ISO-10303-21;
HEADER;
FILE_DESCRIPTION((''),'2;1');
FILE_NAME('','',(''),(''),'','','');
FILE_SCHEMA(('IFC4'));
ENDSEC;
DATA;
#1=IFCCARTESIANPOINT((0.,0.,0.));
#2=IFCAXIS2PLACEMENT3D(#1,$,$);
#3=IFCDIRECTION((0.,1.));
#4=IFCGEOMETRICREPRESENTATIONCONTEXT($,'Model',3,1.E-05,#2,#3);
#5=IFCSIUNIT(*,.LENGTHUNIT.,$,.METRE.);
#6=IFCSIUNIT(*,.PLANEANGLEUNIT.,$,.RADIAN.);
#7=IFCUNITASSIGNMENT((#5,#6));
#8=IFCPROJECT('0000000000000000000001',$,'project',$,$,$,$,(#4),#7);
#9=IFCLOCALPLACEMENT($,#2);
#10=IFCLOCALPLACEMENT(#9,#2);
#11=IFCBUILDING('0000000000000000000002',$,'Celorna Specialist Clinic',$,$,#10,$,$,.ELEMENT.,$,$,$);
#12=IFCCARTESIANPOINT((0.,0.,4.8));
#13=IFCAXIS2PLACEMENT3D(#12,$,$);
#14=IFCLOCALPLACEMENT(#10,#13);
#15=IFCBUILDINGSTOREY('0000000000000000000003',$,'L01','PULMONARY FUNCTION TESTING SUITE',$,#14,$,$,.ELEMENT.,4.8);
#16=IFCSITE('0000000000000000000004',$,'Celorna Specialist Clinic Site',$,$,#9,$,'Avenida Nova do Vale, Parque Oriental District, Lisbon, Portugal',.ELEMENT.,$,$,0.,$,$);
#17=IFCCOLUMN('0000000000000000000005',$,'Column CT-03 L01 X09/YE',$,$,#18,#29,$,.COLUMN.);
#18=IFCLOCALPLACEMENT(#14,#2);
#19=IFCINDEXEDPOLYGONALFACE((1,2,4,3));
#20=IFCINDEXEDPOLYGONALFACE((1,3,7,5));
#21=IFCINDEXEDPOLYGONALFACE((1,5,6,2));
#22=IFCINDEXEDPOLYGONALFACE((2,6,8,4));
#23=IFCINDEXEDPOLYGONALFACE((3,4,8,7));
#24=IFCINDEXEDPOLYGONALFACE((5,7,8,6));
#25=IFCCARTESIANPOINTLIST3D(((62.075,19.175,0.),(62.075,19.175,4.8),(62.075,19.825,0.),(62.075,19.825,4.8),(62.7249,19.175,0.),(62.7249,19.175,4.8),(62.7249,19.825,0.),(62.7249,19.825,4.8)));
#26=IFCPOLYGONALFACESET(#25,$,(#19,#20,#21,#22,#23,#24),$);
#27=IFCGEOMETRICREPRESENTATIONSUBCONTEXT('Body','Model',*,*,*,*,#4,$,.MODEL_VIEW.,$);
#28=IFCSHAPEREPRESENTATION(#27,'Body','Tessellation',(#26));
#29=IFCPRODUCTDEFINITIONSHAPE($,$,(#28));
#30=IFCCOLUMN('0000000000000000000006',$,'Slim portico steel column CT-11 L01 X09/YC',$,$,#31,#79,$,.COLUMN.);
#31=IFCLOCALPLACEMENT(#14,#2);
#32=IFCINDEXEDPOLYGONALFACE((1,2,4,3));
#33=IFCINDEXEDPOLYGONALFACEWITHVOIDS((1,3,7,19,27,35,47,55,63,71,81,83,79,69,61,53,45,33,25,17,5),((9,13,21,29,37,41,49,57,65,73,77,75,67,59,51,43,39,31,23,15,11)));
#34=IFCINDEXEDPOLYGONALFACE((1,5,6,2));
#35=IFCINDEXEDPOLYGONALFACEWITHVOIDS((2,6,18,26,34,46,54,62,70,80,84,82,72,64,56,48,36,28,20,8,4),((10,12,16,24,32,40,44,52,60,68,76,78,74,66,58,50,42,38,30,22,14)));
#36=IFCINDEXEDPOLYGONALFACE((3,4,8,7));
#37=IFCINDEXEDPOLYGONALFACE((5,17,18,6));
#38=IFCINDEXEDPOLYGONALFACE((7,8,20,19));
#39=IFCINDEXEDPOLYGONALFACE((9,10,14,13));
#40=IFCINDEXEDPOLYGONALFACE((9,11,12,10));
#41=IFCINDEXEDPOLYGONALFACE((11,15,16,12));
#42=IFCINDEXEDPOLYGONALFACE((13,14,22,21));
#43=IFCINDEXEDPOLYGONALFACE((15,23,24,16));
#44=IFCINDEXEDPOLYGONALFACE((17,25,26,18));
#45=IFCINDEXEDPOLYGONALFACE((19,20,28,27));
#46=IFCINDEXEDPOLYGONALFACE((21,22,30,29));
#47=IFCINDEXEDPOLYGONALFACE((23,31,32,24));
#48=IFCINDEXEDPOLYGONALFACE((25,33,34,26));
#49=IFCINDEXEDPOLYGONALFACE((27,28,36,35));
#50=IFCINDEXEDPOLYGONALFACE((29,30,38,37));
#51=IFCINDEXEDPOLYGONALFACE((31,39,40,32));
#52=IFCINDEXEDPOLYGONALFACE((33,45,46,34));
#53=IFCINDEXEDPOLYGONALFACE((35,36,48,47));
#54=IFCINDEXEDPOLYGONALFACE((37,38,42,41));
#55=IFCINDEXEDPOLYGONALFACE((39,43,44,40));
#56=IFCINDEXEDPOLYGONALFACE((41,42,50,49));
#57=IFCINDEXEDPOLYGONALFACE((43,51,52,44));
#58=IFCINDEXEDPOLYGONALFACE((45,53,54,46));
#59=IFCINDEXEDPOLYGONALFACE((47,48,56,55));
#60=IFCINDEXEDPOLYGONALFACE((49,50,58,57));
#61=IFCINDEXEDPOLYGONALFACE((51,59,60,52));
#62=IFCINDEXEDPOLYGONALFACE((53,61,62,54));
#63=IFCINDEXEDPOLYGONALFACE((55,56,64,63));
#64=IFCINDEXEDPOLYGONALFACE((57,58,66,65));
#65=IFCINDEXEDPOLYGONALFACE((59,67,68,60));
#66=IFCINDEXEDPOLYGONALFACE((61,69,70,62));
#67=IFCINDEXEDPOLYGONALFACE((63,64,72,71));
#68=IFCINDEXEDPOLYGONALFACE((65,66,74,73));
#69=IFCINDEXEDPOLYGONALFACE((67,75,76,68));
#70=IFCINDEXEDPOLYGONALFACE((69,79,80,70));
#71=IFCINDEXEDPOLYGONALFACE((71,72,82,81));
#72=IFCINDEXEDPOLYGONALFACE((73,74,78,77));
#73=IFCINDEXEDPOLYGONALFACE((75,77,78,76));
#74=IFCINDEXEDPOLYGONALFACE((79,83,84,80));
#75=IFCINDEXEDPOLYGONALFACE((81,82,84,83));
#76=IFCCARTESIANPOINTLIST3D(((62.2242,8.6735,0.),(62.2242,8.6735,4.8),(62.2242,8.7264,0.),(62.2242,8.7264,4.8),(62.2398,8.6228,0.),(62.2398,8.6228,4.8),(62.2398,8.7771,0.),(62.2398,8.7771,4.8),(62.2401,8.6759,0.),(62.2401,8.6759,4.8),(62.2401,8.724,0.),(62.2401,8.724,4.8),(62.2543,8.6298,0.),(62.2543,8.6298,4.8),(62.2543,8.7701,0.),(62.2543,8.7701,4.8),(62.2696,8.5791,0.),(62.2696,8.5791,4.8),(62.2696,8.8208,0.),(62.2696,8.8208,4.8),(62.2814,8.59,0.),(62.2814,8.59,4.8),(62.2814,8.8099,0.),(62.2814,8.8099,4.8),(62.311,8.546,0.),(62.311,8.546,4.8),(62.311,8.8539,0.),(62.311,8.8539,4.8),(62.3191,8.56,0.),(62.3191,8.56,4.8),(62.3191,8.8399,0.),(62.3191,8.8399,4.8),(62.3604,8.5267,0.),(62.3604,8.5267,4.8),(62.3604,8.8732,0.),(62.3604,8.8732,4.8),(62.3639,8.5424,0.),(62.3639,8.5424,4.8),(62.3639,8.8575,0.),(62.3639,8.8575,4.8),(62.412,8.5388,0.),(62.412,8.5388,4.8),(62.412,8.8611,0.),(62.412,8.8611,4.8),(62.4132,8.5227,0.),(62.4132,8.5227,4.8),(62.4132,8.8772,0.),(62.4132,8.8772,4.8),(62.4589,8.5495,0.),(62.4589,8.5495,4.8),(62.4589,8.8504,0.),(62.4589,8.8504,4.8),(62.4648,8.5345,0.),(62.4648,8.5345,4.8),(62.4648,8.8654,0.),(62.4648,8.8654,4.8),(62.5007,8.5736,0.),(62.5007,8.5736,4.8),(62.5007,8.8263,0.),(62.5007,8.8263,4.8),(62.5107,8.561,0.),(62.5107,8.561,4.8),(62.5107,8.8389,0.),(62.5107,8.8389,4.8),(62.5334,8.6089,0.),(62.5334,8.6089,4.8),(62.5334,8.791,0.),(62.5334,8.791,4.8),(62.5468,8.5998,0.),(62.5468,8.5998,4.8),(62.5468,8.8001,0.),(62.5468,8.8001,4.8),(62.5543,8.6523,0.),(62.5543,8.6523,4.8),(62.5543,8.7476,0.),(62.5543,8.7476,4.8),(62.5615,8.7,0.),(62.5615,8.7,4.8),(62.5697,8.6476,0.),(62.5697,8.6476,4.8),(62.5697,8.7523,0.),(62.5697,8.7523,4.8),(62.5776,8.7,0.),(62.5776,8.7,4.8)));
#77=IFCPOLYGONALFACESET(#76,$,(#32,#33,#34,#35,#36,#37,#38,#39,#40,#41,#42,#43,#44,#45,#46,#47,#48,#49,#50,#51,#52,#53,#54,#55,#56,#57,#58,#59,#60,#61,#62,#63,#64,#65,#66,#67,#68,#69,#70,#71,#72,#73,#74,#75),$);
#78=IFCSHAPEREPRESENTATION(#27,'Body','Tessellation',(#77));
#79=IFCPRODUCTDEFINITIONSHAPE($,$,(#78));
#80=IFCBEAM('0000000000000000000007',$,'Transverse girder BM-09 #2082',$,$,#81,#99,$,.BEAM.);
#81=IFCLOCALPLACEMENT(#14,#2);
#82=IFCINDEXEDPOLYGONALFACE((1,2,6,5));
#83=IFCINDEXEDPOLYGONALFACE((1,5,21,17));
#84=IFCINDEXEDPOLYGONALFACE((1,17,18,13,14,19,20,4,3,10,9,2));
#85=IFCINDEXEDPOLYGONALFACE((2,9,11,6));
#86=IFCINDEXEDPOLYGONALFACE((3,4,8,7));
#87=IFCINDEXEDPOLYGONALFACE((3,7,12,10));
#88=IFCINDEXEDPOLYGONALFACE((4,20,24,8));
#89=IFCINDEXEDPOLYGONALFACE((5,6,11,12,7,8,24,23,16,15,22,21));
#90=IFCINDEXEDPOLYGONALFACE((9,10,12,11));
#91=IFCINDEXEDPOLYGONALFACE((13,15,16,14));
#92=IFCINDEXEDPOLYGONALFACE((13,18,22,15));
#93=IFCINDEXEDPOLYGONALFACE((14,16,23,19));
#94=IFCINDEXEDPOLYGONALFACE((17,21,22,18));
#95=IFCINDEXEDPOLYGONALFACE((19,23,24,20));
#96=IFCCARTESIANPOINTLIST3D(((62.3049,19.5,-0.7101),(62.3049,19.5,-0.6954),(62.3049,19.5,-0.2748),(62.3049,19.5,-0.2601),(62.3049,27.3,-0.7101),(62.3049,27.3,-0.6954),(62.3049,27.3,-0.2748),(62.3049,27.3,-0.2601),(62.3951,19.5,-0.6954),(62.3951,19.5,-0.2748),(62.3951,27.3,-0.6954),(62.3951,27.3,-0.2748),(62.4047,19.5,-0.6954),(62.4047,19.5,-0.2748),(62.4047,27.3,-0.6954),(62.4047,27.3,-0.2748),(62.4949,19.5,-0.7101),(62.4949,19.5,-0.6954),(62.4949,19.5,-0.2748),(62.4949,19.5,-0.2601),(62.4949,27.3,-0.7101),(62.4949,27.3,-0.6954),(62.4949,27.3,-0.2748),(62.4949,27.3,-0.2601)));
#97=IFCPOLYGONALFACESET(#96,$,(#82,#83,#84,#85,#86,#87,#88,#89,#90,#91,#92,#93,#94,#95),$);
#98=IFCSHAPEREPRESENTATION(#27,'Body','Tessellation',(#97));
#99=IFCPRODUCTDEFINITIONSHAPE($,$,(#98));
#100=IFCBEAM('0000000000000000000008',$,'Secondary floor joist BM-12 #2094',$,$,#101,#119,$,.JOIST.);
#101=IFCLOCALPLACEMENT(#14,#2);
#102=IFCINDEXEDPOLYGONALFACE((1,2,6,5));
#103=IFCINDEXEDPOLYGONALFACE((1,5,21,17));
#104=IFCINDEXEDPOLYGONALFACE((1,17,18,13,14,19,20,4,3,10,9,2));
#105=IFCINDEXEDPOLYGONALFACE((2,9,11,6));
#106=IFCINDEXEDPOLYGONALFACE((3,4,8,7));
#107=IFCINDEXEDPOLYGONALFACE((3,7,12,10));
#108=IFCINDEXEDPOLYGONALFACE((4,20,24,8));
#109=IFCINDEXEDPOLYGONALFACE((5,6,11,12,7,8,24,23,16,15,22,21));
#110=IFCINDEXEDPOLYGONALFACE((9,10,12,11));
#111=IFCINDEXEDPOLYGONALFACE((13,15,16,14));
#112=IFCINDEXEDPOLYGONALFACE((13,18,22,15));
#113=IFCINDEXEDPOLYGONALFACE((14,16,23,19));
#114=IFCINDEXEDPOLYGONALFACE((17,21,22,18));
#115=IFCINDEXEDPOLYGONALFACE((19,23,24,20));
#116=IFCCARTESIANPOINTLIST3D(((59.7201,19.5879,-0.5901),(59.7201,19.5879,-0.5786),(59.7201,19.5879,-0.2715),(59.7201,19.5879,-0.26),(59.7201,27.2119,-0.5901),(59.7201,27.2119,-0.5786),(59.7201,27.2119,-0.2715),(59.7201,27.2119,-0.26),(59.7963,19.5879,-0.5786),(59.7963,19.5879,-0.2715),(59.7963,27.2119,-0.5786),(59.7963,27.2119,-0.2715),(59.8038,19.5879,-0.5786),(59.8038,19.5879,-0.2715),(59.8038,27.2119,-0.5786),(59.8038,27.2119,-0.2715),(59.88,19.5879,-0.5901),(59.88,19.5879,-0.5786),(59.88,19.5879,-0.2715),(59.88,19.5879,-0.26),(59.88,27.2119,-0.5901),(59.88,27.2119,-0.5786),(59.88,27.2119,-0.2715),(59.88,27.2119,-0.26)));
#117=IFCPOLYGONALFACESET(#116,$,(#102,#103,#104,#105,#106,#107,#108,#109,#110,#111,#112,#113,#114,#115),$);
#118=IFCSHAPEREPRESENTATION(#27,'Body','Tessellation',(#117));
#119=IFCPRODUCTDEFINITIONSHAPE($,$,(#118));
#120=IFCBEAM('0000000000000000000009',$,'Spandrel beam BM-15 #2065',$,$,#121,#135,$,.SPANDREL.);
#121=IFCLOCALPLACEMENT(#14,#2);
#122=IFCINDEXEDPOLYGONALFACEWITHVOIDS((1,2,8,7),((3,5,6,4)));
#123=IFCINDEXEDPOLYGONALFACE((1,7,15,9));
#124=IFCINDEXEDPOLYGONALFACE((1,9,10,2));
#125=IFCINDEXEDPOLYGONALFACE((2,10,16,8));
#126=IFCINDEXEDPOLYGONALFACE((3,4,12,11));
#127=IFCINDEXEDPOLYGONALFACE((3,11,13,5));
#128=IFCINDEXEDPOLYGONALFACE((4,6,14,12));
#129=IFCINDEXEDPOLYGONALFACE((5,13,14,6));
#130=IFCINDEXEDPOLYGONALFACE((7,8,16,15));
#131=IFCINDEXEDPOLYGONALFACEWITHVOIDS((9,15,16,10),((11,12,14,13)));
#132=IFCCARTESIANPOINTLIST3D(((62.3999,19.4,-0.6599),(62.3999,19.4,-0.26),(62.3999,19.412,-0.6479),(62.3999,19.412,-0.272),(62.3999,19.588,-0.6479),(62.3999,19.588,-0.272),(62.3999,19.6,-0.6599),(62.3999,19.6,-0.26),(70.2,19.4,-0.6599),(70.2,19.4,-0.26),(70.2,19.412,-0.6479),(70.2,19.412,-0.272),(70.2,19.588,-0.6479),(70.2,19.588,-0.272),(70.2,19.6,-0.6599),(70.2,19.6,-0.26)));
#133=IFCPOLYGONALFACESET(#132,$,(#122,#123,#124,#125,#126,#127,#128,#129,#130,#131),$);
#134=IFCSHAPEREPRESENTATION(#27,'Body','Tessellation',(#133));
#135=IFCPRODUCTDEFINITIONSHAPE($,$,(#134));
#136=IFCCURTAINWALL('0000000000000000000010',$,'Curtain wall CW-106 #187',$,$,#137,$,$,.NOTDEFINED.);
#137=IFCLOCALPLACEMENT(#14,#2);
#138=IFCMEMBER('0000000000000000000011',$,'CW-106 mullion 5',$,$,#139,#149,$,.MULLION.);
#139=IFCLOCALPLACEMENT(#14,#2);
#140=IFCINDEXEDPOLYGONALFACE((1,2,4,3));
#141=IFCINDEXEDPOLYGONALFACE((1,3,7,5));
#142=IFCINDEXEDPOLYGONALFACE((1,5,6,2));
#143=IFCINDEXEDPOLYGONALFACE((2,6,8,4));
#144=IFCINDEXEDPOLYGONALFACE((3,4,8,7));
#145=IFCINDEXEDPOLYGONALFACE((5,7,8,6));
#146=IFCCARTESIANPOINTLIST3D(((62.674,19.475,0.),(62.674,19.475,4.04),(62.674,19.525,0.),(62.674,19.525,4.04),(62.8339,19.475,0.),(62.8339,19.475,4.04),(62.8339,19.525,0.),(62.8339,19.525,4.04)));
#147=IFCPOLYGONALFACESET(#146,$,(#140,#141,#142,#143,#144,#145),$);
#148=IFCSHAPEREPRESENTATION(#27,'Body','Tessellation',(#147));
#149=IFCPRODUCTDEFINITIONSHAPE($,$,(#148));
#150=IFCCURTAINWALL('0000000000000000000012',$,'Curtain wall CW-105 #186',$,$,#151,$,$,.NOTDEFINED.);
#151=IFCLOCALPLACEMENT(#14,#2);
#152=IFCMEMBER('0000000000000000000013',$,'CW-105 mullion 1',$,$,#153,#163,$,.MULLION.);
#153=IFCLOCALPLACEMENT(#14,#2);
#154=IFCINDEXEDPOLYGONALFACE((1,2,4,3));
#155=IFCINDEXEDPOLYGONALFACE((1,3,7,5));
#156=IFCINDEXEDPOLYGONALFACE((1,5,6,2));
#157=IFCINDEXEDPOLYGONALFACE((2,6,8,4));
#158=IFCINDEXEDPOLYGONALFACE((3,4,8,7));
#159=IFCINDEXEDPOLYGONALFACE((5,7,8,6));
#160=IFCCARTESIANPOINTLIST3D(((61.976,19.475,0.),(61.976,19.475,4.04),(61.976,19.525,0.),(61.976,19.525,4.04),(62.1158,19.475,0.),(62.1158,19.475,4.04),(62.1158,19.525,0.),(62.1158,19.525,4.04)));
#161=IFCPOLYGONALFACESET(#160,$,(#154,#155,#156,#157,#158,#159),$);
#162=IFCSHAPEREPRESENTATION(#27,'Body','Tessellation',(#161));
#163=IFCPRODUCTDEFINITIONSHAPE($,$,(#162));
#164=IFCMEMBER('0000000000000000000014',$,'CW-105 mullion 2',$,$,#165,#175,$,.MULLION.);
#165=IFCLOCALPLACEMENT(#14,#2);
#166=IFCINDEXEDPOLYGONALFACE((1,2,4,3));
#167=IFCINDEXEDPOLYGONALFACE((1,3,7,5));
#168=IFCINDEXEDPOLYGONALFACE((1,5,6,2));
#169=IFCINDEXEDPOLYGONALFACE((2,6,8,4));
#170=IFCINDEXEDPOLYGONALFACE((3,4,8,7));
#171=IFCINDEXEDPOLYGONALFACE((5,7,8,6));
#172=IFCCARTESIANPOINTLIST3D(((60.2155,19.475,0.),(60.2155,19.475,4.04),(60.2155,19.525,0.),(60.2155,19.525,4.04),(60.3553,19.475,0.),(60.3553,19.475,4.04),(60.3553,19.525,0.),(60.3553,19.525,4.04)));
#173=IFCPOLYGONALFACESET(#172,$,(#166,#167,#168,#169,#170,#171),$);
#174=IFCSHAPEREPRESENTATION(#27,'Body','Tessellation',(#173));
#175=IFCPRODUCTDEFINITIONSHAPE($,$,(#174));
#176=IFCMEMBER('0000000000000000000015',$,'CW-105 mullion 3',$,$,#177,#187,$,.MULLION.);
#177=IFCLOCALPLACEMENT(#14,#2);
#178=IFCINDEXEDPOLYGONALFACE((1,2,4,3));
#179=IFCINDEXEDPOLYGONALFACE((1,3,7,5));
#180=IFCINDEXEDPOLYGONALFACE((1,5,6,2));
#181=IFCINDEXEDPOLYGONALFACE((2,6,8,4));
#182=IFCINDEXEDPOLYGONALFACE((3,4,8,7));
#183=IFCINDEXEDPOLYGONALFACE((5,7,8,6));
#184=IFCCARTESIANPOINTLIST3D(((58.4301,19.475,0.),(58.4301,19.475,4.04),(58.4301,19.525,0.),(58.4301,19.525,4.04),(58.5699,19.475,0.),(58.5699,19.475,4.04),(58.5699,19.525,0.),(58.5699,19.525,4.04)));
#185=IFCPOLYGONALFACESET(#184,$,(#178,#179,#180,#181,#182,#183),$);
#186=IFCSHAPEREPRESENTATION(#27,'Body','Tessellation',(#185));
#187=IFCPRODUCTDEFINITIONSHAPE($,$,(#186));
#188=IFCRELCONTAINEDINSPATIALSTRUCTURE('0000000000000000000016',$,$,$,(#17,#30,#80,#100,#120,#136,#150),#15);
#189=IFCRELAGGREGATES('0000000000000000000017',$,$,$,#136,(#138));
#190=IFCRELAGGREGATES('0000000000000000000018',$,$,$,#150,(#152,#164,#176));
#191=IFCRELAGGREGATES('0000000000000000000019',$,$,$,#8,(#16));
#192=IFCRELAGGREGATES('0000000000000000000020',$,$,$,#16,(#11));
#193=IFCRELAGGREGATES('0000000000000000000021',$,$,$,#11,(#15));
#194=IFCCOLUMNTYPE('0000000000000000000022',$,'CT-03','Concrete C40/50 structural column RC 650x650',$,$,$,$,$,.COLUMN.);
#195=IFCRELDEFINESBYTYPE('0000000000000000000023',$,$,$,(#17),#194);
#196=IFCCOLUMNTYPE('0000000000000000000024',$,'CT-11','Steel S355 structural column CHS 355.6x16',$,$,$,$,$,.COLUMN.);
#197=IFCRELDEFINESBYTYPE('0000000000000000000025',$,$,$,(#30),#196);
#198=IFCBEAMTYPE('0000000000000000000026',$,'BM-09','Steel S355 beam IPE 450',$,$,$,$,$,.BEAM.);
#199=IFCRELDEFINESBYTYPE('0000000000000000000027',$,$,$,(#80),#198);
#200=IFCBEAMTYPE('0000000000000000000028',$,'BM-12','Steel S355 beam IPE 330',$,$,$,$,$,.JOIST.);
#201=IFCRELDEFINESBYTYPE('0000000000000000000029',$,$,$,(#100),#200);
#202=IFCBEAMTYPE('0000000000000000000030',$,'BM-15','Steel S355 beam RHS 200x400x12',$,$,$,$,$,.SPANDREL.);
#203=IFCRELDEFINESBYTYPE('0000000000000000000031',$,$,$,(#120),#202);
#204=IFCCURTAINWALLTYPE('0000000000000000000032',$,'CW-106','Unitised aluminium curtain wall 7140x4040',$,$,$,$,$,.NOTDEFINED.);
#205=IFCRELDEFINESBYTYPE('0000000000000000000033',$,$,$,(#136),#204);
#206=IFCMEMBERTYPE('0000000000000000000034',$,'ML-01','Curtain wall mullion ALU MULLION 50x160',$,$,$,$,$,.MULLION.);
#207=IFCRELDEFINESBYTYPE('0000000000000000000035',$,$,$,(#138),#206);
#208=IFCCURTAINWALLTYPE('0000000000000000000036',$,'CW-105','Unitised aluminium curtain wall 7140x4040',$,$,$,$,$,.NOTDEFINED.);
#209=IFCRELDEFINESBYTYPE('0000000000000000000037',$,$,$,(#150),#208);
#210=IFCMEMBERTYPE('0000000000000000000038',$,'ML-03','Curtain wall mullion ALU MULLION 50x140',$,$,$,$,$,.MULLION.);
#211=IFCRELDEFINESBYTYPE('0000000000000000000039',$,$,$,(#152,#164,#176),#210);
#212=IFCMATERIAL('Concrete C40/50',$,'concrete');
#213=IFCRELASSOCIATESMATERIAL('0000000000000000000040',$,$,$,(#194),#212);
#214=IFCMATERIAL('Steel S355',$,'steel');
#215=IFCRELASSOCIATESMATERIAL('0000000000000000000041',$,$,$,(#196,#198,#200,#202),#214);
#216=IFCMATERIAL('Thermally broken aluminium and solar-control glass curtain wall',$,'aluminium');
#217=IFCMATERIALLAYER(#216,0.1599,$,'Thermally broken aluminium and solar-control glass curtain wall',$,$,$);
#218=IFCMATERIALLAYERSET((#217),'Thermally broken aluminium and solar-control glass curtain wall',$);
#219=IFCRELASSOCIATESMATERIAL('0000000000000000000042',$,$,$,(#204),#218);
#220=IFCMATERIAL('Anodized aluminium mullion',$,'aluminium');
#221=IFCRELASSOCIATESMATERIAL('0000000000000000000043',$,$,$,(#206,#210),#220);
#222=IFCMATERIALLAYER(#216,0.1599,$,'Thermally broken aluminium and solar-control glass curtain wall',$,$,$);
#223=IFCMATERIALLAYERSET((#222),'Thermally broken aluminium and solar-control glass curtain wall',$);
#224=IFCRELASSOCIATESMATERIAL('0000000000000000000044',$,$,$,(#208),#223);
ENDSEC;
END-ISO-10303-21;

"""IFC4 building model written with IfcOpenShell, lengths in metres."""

from ifc_helpers import new_model, si_unit, direction, frame, origin, origin_2d, place, context, subcontext, project, spatial, rectangle, hollow_rectangle, hollow_circle, i_section, extrude, material, layer, layer_set, material_profile, profile_set, type_object, element, aggregate, save


model = new_model("IFC4")

# Units and contexts
model_context = context("Model", 3, precision=1e-05, world=origin(), true_north=direction((0.0, 1.0)))
body_context = subcontext(model_context, "Body", "Model", "MODEL_VIEW")
ifc_project = project(units=[si_unit("LENGTHUNIT", "METRE"), si_unit("PLANEANGLEUNIT", "RADIAN")], contexts=[model_context])

# Site, building, storey
site_placement = place(None, origin())
site = spatial("IfcSite", under=ifc_project, at=site_placement, Name="Celorna Specialist Clinic Site", LongName="Avenida Nova do Vale, Parque Oriental District, Lisbon, Portugal", CompositionType="ELEMENT", RefElevation=0.0)
building_placement = place(site_placement, origin())
building = spatial("IfcBuilding", under=site, at=building_placement, Name="Celorna Specialist Clinic", CompositionType="ELEMENT")
storey_placement = place(building_placement, frame((0.0, 0.0, 4.8)))
storey = spatial("IfcBuildingStorey", under=building, at=storey_placement, Name="L01", Description="PULMONARY FUNCTION TESTING SUITE", CompositionType="ELEMENT", Elevation=4.8)

# Columns
ifc_material_1 = material(Name="Concrete C40/50", Category="concrete")
ifc_material_profile_1 = material_profile(ifc_material_1, rectangle(XDim=0.6499, YDim=0.6499, at=origin_2d()), Name="RC 650x650")
ifc_profile_set_1 = profile_set([ifc_material_profile_1], Name="Concrete C40/50")
column_type_1 = type_object("IfcColumnType", Name="CT-03", Description="Concrete C40/50 structural column RC 650x650", PredefinedType="COLUMN", material=ifc_profile_set_1)
column_1_placement = place(storey_placement, frame((62.3999, 19.5, 0.0), z_axis=(0.0, 0.0, 1.0), x_axis=(1.0, 0.0, 0.0)))
element("IfcColumn", 1, at=column_1_placement, inside=storey, type_object=column_type_1, Name="Column CT-03 L01 X09/YE", PredefinedType="COLUMN", context=body_context, shape_type="SweptSolid", body=[
    extrude(rectangle(XDim=0.6499, YDim=0.6499, at=origin_2d()), origin(), (0.0, 0.0, 1.0), 4.8),
])
ifc_material_2 = material(Name="Steel S355", Category="steel")
ifc_material_profile_2 = material_profile(ifc_material_2, hollow_circle(Radius=0.1777, WallThickness=0.0161, at=origin_2d()), Name="CHS 355.6x16")
ifc_profile_set_2 = profile_set([ifc_material_profile_2], Name="Steel S355")
column_type_2 = type_object("IfcColumnType", Name="CT-11", Description="Steel S355 structural column CHS 355.6x16", PredefinedType="COLUMN", material=ifc_profile_set_2)
column_2_placement = place(storey_placement, frame((62.3999, 8.7, 0.0), z_axis=(0.0, 0.0, 1.0), x_axis=(1.0, 0.0, 0.0)))
element("IfcColumn", 2, at=column_2_placement, inside=storey, type_object=column_type_2, Name="Slim portico steel column CT-11 L01 X09/YC", PredefinedType="COLUMN", context=body_context, shape_type="SweptSolid", body=[
    extrude(hollow_circle(Radius=0.1777, WallThickness=0.0161, at=origin_2d()), origin(), (0.0, 0.0, 1.0), 4.8),
])

# Beams
ifc_material_profile_3 = material_profile(ifc_material_2, i_section(OverallWidth=0.1899, OverallDepth=0.45, WebThickness=0.0095, FlangeThickness=0.0146, at=origin_2d()), Name="IPE 450")
ifc_profile_set_3 = profile_set([ifc_material_profile_3], Name="Steel S355")
beam_type_1 = type_object("IfcBeamType", Name="BM-09", Description="Steel S355 beam IPE 450", PredefinedType="BEAM", material=ifc_profile_set_3)
beam_1_placement = place(storey_placement, frame((62.3999, 19.5, -0.4851), z_axis=(0.0, 1.0, 0.0), x_axis=(-1.0, 0.0, 0.0)))
element("IfcBeam", 3, at=beam_1_placement, inside=storey, type_object=beam_type_1, Name="Transverse girder BM-09 #2082", PredefinedType="BEAM", context=body_context, shape_type="SweptSolid", body=[
    extrude(i_section(OverallWidth=0.1899, OverallDepth=0.45, WebThickness=0.0095, FlangeThickness=0.0146, at=origin_2d()), origin(), (0.0, 0.0, 1.0), 7.8),
])
ifc_material_profile_4 = material_profile(ifc_material_2, i_section(OverallWidth=0.1599, OverallDepth=0.3301, WebThickness=0.0076, FlangeThickness=0.0115, at=origin_2d()), Name="IPE 330")
ifc_profile_set_4 = profile_set([ifc_material_profile_4], Name="Steel S355")
beam_type_2 = type_object("IfcBeamType", Name="BM-12", Description="Steel S355 beam IPE 330", PredefinedType="JOIST", material=ifc_profile_set_4)
beam_2_placement = place(storey_placement, frame((59.8, 19.5879, -0.425), z_axis=(0.0, 1.0, 0.0), x_axis=(-1.0, 0.0, 0.0)))
element("IfcBeam", 4, at=beam_2_placement, inside=storey, type_object=beam_type_2, Name="Secondary floor joist BM-12 #2094", PredefinedType="JOIST", context=body_context, shape_type="SweptSolid", body=[
    extrude(i_section(OverallWidth=0.1599, OverallDepth=0.3301, WebThickness=0.0076, FlangeThickness=0.0115, at=origin_2d()), origin(), (0.0, 0.0, 1.0), 7.624),
])
ifc_material_profile_5 = material_profile(ifc_material_2, hollow_rectangle(XDim=0.2, YDim=0.3999, WallThickness=0.012, at=origin_2d()), Name="RHS 200x400x12")
ifc_profile_set_5 = profile_set([ifc_material_profile_5], Name="Steel S355")
beam_type_3 = type_object("IfcBeamType", Name="BM-15", Description="Steel S355 beam RHS 200x400x12", PredefinedType="SPANDREL", material=ifc_profile_set_5)
beam_3_placement = place(storey_placement, frame((62.3999, 19.5, -0.46), z_axis=(1.0, 0.0, 0.0), x_axis=(0.0, 1.0, 0.0)))
element("IfcBeam", 5, at=beam_3_placement, inside=storey, type_object=beam_type_3, Name="Spandrel beam BM-15 #2065", PredefinedType="SPANDREL", context=body_context, shape_type="SweptSolid", body=[
    extrude(hollow_rectangle(XDim=0.2, YDim=0.3999, WallThickness=0.012, at=origin_2d()), origin(), (0.0, 0.0, 1.0), 7.8),
])

# Curtain wall, member
ifc_material_3 = material(Name="Thermally broken aluminium and solar-control glass curtain wall", Category="aluminium")
ifc_layer_1 = layer(ifc_material_3, 0.1599, Name="Thermally broken aluminium and solar-control glass curtain wall")
ifc_layer_set_1 = layer_set([ifc_layer_1], Name="Thermally broken aluminium and solar-control glass curtain wall")
curtain_wall_type_1 = type_object("IfcCurtainWallType", Name="CW-106", Description="Unitised aluminium curtain wall 7140x4040", PredefinedType="NOTDEFINED", material=ifc_layer_set_1)
curtain_wall_1_placement = place(storey_placement, origin())
curtain_wall_1 = element("IfcCurtainWall", 6, at=curtain_wall_1_placement, inside=storey, type_object=curtain_wall_type_1, Name="Curtain wall CW-106 #187", PredefinedType="NOTDEFINED")
ifc_material_4 = material(Name="Anodized aluminium mullion", Category="aluminium")
ifc_material_profile_6 = material_profile(ifc_material_4, rectangle(XDim=0.05, YDim=0.1599, at=origin_2d()), Name="ALU MULLION 50x160")
ifc_profile_set_6 = profile_set([ifc_material_profile_6], Name="Anodized aluminium mullion")
member_type_1 = type_object("IfcMemberType", Name="ML-01", Description="Curtain wall mullion ALU MULLION 50x160", PredefinedType="MULLION", material=ifc_profile_set_6)
member_1_placement = place(storey_placement, frame((62.7539, 19.5, 0.0), z_axis=(0.0, 0.0, 1.0), x_axis=(0.0, -1.0, 0.0)))
member_1 = element("IfcMember", 7, at=member_1_placement, type_object=member_type_1, Name="CW-106 mullion 5", PredefinedType="MULLION", context=body_context, shape_type="SweptSolid", body=[
    extrude(rectangle(XDim=0.05, YDim=0.1599, at=origin_2d()), origin(), (0.0, 0.0, 1.0), 4.04),
])

# Curtain wall, members
ifc_layer_2 = layer(ifc_material_3, 0.1599, Name="Thermally broken aluminium and solar-control glass curtain wall")
ifc_layer_set_2 = layer_set([ifc_layer_2], Name="Thermally broken aluminium and solar-control glass curtain wall")
curtain_wall_type_2 = type_object("IfcCurtainWallType", Name="CW-105", Description="Unitised aluminium curtain wall 7140x4040", PredefinedType="NOTDEFINED", material=ifc_layer_set_2)
curtain_wall_2_placement = place(storey_placement, origin())
curtain_wall_2 = element("IfcCurtainWall", 8, at=curtain_wall_2_placement, inside=storey, type_object=curtain_wall_type_2, Name="Curtain wall CW-105 #186", PredefinedType="NOTDEFINED")
ifc_material_profile_7 = material_profile(ifc_material_4, rectangle(XDim=0.05, YDim=0.1399, at=origin_2d()), Name="ALU MULLION 50x140")
ifc_profile_set_7 = profile_set([ifc_material_profile_7], Name="Anodized aluminium mullion")
member_type_2 = type_object("IfcMemberType", Name="ML-03", Description="Curtain wall mullion ALU MULLION 50x140", PredefinedType="MULLION", material=ifc_profile_set_7)
member_2_placement = place(storey_placement, frame((62.0459, 19.5, 0.0), z_axis=(0.0, 0.0, 1.0), x_axis=(0.0, -1.0, 0.0)))
member_2 = element("IfcMember", 9, at=member_2_placement, type_object=member_type_2, Name="CW-105 mullion 1", PredefinedType="MULLION", context=body_context, shape_type="SweptSolid", body=[
    extrude(rectangle(XDim=0.05, YDim=0.1399, at=origin_2d()), origin(), (0.0, 0.0, 1.0), 4.04),
])
member_3_placement = place(storey_placement, frame((60.2854, 19.5, 0.0), z_axis=(0.0, 0.0, 1.0), x_axis=(0.0, -1.0, 0.0)))
member_3 = element("IfcMember", 10, at=member_3_placement, type_object=member_type_2, Name="CW-105 mullion 2", PredefinedType="MULLION", context=body_context, shape_type="SweptSolid", body=[
    extrude(rectangle(XDim=0.05, YDim=0.1399, at=origin_2d()), origin(), (0.0, 0.0, 1.0), 4.04),
])
member_4_placement = place(storey_placement, frame((58.5, 19.5, 0.0), z_axis=(0.0, 0.0, 1.0), x_axis=(0.0, -1.0, 0.0)))
member_4 = element("IfcMember", 11, at=member_4_placement, type_object=member_type_2, Name="CW-105 mullion 3", PredefinedType="MULLION", context=body_context, shape_type="SweptSolid", body=[
    extrude(rectangle(XDim=0.05, YDim=0.1399, at=origin_2d()), origin(), (0.0, 0.0, 1.0), 4.04),
])

aggregate(curtain_wall_1, [member_1])
aggregate(curtain_wall_2, [member_2, member_3, member_4])

save(model, "model.ifc")
